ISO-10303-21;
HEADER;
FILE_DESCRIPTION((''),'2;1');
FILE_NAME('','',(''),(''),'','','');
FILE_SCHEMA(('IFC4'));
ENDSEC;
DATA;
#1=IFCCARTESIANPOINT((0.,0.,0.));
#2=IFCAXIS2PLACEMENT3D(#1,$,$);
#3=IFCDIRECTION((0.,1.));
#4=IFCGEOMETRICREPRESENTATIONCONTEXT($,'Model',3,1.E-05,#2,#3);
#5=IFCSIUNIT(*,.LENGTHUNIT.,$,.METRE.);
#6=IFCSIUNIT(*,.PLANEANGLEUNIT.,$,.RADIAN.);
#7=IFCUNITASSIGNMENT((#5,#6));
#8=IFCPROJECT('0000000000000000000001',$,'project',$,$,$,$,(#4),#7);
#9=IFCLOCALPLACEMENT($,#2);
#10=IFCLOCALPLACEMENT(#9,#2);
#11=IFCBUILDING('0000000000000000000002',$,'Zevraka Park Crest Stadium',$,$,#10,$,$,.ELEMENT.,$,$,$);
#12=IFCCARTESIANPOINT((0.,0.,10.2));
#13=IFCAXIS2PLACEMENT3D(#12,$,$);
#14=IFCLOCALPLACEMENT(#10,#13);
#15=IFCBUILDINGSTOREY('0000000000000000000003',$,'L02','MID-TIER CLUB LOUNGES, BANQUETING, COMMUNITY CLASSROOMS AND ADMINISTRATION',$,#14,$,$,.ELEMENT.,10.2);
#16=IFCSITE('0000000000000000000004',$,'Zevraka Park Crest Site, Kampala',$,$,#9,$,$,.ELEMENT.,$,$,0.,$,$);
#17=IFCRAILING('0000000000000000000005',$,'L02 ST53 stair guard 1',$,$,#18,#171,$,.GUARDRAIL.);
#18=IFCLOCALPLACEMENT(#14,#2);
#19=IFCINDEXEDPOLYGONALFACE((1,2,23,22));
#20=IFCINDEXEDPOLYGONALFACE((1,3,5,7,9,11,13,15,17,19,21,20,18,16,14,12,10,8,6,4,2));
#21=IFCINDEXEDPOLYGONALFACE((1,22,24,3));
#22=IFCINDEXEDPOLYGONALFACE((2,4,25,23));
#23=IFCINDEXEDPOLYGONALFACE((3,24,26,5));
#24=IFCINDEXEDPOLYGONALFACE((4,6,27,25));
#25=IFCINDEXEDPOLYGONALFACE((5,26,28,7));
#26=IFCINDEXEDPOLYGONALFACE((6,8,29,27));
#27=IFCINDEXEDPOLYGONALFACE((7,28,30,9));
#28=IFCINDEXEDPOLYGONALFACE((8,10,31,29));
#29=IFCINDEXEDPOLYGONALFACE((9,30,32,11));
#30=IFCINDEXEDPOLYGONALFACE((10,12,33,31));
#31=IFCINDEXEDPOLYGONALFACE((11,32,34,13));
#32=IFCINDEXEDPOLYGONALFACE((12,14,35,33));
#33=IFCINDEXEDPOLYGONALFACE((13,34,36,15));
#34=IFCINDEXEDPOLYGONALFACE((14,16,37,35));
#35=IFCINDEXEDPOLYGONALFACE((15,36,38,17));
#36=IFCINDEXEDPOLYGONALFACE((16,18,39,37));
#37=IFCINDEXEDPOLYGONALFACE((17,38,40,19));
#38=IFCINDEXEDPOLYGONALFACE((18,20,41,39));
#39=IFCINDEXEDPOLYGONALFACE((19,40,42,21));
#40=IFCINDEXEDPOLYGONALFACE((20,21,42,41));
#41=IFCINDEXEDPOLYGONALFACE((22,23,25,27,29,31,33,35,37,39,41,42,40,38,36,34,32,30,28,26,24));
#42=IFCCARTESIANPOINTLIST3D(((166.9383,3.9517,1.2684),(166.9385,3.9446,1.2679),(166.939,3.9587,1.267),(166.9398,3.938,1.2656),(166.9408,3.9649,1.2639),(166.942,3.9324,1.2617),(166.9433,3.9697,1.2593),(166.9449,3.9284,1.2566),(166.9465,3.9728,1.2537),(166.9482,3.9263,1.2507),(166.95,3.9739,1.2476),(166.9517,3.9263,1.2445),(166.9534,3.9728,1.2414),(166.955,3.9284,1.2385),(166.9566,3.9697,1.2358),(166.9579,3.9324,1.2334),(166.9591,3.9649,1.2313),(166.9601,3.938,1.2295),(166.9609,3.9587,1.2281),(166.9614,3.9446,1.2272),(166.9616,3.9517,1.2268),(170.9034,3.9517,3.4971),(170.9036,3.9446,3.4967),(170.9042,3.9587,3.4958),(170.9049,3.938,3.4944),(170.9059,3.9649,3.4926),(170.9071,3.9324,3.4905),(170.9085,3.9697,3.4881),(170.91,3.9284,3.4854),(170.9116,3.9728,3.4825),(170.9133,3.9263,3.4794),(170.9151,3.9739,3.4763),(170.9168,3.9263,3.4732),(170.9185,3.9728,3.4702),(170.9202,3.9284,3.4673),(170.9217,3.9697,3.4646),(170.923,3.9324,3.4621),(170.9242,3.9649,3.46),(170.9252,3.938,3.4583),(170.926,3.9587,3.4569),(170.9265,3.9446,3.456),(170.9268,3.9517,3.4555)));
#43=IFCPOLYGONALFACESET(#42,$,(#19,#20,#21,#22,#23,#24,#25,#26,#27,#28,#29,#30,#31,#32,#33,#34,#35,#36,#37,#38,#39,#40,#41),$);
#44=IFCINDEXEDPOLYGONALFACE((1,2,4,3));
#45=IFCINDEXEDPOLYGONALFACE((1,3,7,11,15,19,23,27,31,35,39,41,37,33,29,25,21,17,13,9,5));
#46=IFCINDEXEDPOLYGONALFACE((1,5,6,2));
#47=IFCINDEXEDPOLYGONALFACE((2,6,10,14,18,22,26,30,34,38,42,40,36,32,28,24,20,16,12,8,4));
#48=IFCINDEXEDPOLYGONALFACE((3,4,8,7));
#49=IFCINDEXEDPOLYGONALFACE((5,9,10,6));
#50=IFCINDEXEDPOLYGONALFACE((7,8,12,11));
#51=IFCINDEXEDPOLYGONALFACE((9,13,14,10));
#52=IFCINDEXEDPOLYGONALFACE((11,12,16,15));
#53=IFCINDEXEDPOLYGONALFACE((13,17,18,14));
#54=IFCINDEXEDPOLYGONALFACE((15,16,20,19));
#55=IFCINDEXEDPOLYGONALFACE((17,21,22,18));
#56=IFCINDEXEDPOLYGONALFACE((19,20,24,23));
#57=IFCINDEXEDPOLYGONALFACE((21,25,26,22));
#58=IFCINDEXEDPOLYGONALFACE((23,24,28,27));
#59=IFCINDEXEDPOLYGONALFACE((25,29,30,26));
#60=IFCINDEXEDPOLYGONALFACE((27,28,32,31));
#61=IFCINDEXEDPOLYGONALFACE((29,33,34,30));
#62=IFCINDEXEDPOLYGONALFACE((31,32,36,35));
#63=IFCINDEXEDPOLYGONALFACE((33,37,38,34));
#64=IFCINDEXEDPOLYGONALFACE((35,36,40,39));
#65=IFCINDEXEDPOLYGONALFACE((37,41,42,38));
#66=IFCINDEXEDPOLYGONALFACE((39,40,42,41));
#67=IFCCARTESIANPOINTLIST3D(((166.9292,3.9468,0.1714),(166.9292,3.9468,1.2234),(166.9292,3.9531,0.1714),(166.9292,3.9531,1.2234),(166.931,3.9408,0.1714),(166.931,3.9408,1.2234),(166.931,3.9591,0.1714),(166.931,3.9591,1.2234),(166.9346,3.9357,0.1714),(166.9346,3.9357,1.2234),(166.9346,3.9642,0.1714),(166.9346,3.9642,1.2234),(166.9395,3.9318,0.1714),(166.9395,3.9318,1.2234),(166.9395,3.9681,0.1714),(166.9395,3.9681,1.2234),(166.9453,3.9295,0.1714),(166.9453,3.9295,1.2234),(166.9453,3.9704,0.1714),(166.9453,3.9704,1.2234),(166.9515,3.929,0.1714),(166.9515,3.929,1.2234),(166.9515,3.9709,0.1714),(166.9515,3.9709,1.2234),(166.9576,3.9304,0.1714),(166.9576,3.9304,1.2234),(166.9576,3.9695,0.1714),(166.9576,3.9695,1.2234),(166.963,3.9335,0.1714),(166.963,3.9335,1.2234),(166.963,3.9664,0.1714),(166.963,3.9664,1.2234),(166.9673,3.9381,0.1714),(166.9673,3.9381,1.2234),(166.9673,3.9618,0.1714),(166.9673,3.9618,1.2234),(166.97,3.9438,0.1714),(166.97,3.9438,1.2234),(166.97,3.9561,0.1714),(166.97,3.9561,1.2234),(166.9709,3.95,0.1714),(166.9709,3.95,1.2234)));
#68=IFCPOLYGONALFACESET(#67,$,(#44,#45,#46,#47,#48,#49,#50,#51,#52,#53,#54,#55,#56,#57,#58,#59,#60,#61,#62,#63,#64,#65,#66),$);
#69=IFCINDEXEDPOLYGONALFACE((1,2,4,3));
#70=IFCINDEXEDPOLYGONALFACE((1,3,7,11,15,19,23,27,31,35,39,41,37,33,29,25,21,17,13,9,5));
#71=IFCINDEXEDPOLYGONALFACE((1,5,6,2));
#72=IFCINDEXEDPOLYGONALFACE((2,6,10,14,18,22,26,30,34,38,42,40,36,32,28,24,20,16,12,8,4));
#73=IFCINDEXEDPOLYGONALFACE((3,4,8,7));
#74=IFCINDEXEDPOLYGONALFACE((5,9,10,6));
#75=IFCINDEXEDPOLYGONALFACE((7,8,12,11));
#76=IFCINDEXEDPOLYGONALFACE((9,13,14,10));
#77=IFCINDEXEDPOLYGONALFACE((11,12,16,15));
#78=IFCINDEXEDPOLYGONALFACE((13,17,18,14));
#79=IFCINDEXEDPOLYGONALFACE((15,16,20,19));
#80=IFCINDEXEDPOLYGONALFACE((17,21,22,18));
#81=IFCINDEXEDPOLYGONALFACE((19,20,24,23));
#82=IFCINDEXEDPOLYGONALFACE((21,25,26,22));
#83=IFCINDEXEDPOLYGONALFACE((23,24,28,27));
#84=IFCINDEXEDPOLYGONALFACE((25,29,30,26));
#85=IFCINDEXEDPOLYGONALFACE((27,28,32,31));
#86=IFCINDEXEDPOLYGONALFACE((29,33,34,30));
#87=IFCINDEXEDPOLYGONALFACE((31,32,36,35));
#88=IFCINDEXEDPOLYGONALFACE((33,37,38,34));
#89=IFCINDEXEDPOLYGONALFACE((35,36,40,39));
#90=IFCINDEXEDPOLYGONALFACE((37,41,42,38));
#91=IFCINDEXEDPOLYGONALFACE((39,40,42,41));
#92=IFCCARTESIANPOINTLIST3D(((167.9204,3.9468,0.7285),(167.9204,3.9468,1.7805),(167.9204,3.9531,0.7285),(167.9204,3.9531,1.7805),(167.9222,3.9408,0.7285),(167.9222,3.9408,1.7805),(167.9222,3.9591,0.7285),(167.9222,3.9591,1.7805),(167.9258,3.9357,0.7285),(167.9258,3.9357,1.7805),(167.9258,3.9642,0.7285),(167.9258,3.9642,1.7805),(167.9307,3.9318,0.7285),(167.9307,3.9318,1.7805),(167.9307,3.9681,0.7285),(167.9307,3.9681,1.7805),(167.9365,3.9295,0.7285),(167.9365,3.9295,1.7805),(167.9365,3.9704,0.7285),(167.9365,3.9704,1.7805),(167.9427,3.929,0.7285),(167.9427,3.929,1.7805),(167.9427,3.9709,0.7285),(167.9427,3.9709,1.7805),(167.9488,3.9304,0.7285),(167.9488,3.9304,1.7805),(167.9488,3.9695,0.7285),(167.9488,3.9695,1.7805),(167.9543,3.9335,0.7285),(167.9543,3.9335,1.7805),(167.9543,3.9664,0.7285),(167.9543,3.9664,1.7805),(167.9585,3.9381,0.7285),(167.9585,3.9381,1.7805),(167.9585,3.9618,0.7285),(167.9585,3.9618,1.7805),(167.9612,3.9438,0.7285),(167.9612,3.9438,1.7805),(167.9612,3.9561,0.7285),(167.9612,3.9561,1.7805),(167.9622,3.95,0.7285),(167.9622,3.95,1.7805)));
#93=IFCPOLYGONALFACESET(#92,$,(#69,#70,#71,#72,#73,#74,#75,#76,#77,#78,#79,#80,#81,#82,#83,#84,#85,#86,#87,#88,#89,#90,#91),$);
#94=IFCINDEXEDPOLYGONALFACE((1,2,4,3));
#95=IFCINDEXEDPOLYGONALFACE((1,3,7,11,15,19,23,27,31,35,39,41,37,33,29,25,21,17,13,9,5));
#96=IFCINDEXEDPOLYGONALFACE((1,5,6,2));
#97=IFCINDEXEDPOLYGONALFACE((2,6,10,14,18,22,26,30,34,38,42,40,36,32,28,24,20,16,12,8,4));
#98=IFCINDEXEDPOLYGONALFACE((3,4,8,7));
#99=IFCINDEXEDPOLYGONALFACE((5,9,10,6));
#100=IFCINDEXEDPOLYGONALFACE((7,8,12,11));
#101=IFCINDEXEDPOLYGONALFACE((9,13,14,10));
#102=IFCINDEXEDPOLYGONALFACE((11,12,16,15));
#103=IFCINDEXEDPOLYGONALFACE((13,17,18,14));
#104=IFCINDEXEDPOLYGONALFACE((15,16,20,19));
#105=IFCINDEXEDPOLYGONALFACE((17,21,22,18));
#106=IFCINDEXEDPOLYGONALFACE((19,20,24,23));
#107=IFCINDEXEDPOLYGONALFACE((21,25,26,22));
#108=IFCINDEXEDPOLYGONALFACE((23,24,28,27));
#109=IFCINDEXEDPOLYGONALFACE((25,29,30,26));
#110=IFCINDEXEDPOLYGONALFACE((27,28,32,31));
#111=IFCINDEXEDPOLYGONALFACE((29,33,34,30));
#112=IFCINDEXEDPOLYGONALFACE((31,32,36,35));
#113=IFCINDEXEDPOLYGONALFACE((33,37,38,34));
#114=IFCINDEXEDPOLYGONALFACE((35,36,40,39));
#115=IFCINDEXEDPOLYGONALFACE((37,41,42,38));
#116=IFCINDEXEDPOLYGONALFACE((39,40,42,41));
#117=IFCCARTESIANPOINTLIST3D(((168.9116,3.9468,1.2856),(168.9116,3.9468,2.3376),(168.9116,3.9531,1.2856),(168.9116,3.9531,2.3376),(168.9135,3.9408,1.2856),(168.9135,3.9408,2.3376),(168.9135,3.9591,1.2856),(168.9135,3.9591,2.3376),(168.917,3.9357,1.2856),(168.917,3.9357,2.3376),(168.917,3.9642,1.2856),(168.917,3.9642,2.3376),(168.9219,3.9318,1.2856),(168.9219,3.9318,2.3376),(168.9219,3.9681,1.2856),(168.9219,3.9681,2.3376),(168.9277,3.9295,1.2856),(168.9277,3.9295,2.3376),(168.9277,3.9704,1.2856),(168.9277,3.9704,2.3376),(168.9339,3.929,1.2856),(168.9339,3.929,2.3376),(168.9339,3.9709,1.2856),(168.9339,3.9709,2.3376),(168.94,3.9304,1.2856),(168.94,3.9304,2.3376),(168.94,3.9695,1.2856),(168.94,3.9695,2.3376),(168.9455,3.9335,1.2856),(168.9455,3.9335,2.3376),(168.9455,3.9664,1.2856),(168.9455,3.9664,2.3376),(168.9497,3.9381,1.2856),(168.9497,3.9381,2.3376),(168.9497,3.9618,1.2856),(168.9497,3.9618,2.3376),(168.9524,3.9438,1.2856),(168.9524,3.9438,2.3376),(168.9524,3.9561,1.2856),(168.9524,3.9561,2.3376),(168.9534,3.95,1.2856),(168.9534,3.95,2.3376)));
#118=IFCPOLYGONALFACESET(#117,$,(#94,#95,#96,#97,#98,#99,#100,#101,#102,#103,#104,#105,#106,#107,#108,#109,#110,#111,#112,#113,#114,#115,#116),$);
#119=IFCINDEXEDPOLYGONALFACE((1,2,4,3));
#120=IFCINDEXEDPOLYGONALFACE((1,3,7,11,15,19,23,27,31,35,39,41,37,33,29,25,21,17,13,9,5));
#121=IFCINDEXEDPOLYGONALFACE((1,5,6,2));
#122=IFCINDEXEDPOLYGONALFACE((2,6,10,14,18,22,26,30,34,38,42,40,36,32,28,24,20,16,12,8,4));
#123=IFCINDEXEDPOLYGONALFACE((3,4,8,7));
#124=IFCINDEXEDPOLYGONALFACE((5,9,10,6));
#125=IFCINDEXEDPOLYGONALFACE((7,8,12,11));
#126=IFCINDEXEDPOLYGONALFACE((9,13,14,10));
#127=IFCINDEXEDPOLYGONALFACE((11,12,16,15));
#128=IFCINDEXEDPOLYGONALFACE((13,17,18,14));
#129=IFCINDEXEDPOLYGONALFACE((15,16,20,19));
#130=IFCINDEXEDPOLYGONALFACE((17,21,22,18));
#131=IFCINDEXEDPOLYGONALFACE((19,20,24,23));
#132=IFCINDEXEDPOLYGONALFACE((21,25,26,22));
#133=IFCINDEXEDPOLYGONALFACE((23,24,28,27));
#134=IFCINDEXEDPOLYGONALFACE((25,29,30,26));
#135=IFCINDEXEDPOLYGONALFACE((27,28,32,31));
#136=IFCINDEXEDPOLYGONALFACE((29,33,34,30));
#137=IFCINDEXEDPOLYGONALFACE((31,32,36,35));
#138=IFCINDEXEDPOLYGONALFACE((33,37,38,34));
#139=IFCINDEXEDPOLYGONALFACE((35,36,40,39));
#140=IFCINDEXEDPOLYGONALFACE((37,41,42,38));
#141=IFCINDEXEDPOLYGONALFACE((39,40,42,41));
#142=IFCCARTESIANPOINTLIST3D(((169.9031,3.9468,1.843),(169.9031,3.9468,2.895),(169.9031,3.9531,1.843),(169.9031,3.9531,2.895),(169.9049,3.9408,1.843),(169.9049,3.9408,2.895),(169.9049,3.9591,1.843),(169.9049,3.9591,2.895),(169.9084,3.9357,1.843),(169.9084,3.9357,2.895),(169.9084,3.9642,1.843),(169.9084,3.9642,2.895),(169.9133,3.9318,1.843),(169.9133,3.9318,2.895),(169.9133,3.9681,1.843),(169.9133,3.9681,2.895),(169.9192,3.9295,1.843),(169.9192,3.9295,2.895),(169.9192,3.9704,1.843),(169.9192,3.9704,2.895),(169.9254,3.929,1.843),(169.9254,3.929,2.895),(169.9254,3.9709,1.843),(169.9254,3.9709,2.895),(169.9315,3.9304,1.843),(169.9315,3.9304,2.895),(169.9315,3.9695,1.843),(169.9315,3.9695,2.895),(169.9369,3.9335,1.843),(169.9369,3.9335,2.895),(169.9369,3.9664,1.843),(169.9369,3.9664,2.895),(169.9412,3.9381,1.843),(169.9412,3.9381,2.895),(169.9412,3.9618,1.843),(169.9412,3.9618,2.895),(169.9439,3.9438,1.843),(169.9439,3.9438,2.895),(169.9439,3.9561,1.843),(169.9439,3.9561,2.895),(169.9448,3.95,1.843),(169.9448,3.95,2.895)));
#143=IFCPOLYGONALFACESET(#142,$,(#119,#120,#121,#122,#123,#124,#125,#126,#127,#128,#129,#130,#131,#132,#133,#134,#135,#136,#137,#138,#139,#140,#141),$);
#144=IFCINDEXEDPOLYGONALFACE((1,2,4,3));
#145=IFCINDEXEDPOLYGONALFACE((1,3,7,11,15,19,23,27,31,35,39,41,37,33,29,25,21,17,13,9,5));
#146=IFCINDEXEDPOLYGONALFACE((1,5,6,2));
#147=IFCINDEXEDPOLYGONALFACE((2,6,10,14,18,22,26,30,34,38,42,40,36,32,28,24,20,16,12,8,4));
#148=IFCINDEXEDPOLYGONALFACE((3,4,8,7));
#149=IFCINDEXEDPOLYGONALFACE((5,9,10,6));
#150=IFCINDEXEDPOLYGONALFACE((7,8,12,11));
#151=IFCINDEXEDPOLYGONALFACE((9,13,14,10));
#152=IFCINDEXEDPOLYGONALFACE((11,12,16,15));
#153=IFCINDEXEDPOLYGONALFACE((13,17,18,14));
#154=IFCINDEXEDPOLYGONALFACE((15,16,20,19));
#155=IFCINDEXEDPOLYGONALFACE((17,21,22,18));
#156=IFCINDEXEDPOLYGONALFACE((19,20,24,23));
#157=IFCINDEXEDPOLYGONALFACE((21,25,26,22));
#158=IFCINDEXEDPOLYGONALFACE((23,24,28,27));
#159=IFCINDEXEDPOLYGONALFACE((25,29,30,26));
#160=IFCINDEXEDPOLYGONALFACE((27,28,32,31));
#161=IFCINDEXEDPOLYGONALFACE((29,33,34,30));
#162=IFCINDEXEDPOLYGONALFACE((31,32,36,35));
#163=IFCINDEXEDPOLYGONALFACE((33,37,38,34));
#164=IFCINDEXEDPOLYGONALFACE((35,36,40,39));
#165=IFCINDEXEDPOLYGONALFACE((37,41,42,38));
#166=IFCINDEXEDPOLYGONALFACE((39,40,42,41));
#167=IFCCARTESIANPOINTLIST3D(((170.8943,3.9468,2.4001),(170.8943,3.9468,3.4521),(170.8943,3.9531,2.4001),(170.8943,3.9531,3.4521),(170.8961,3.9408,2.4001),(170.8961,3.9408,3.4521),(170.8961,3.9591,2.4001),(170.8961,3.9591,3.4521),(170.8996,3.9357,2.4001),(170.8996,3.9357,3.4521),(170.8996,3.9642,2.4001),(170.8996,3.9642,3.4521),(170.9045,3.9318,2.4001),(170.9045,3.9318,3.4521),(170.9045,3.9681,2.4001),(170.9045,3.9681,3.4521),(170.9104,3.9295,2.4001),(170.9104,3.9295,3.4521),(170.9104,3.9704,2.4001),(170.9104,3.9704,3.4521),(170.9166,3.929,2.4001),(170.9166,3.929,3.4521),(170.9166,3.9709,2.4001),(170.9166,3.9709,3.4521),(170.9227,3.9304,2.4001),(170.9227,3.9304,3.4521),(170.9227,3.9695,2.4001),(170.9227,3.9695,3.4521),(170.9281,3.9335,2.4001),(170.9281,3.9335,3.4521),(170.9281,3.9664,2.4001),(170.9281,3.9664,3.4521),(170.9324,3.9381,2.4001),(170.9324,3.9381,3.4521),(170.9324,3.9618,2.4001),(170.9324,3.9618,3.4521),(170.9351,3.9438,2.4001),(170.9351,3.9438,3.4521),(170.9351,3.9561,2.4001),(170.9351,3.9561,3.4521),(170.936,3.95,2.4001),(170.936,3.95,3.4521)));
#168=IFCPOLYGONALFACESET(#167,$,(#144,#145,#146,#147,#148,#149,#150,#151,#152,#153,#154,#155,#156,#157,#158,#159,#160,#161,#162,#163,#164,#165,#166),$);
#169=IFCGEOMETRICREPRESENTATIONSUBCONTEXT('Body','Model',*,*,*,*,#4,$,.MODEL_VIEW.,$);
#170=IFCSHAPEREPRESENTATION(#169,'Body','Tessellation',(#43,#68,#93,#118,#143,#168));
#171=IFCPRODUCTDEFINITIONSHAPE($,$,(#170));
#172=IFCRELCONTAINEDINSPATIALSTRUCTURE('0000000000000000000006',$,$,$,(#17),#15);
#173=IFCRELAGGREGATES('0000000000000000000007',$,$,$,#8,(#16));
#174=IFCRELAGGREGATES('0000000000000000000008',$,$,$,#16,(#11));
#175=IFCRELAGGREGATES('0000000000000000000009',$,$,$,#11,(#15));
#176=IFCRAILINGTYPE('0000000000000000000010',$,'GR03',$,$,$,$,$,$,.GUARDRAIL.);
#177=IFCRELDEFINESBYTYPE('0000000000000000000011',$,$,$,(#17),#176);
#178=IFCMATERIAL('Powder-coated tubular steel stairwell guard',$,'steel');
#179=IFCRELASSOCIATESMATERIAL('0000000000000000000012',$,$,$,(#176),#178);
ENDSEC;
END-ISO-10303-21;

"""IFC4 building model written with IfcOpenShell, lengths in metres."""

from ifc_helpers import new_model, si_unit, direction, frame, origin, origin_2d, place, context, subcontext, project, spatial, circle, extrude, material, type_object, element, save


model = new_model("IFC4")

# Units and contexts
model_context = context("Model", 3, precision=1e-05, world=origin(), true_north=direction((0.0, 1.0)))
body_context = subcontext(model_context, "Body", "Model", "MODEL_VIEW")
ifc_project = project(units=[si_unit("LENGTHUNIT", "METRE"), si_unit("PLANEANGLEUNIT", "RADIAN")], contexts=[model_context])

# Site, building, storey
site_placement = place(None, origin())
site = spatial("IfcSite", under=ifc_project, at=site_placement, Name="Zevraka Park Crest Site, Kampala", CompositionType="ELEMENT", RefElevation=0.0)
building_placement = place(site_placement, origin())
building = spatial("IfcBuilding", under=site, at=building_placement, Name="Zevraka Park Crest Stadium", CompositionType="ELEMENT")
storey_placement = place(building_placement, frame((0.0, 0.0, 10.2)))
storey = spatial("IfcBuildingStorey", under=building, at=storey_placement, Name="L02", Description="MID-TIER CLUB LOUNGES, BANQUETING, COMMUNITY CLASSROOMS AND ADMINISTRATION", CompositionType="ELEMENT", Elevation=10.2)

# Railing
ifc_material_1 = material(Name="Powder-coated tubular steel stairwell guard", Category="steel")
railing_type_1 = type_object("IfcRailingType", Name="GR03", PredefinedType="GUARDRAIL", material=ifc_material_1)
railing_1_placement = place(storey_placement, frame((166.95, 3.95, 0.1714)))
element("IfcRailing", 1, at=railing_1_placement, inside=storey, type_object=railing_type_1, Name="L02 ST53 stair guard 1", PredefinedType="GUARDRAIL", context=body_context, shape_type="SweptSolid", body=[
    extrude(circle(Radius=0.0239, at=origin_2d()), frame((0.0, 0.0, 1.0762), z_axis=(0.871726, 0.0, 0.489994), x_axis=(0.0, 1.0, 0.0)), (0.0, 0.0, 1.0), 4.5486),
    extrude(circle(Radius=0.021, at=origin_2d()), origin(), (0.0, 0.0, 1.0), 1.052),
    extrude(circle(Radius=0.021, at=origin_2d()), frame((0.9912, 0.0, 0.5571)), (0.0, 0.0, 1.0), 1.052),
    extrude(circle(Radius=0.021, at=origin_2d()), frame((1.9824, 0.0, 1.1143)), (0.0, 0.0, 1.0), 1.052),
    extrude(circle(Radius=0.021, at=origin_2d()), frame((2.9739, 0.0, 1.6716)), (0.0, 0.0, 1.0), 1.052),
    extrude(circle(Radius=0.021, at=origin_2d()), frame((3.9651, 0.0, 2.2288)), (0.0, 0.0, 1.0), 1.052),
])

save(model, "model.ifc")
